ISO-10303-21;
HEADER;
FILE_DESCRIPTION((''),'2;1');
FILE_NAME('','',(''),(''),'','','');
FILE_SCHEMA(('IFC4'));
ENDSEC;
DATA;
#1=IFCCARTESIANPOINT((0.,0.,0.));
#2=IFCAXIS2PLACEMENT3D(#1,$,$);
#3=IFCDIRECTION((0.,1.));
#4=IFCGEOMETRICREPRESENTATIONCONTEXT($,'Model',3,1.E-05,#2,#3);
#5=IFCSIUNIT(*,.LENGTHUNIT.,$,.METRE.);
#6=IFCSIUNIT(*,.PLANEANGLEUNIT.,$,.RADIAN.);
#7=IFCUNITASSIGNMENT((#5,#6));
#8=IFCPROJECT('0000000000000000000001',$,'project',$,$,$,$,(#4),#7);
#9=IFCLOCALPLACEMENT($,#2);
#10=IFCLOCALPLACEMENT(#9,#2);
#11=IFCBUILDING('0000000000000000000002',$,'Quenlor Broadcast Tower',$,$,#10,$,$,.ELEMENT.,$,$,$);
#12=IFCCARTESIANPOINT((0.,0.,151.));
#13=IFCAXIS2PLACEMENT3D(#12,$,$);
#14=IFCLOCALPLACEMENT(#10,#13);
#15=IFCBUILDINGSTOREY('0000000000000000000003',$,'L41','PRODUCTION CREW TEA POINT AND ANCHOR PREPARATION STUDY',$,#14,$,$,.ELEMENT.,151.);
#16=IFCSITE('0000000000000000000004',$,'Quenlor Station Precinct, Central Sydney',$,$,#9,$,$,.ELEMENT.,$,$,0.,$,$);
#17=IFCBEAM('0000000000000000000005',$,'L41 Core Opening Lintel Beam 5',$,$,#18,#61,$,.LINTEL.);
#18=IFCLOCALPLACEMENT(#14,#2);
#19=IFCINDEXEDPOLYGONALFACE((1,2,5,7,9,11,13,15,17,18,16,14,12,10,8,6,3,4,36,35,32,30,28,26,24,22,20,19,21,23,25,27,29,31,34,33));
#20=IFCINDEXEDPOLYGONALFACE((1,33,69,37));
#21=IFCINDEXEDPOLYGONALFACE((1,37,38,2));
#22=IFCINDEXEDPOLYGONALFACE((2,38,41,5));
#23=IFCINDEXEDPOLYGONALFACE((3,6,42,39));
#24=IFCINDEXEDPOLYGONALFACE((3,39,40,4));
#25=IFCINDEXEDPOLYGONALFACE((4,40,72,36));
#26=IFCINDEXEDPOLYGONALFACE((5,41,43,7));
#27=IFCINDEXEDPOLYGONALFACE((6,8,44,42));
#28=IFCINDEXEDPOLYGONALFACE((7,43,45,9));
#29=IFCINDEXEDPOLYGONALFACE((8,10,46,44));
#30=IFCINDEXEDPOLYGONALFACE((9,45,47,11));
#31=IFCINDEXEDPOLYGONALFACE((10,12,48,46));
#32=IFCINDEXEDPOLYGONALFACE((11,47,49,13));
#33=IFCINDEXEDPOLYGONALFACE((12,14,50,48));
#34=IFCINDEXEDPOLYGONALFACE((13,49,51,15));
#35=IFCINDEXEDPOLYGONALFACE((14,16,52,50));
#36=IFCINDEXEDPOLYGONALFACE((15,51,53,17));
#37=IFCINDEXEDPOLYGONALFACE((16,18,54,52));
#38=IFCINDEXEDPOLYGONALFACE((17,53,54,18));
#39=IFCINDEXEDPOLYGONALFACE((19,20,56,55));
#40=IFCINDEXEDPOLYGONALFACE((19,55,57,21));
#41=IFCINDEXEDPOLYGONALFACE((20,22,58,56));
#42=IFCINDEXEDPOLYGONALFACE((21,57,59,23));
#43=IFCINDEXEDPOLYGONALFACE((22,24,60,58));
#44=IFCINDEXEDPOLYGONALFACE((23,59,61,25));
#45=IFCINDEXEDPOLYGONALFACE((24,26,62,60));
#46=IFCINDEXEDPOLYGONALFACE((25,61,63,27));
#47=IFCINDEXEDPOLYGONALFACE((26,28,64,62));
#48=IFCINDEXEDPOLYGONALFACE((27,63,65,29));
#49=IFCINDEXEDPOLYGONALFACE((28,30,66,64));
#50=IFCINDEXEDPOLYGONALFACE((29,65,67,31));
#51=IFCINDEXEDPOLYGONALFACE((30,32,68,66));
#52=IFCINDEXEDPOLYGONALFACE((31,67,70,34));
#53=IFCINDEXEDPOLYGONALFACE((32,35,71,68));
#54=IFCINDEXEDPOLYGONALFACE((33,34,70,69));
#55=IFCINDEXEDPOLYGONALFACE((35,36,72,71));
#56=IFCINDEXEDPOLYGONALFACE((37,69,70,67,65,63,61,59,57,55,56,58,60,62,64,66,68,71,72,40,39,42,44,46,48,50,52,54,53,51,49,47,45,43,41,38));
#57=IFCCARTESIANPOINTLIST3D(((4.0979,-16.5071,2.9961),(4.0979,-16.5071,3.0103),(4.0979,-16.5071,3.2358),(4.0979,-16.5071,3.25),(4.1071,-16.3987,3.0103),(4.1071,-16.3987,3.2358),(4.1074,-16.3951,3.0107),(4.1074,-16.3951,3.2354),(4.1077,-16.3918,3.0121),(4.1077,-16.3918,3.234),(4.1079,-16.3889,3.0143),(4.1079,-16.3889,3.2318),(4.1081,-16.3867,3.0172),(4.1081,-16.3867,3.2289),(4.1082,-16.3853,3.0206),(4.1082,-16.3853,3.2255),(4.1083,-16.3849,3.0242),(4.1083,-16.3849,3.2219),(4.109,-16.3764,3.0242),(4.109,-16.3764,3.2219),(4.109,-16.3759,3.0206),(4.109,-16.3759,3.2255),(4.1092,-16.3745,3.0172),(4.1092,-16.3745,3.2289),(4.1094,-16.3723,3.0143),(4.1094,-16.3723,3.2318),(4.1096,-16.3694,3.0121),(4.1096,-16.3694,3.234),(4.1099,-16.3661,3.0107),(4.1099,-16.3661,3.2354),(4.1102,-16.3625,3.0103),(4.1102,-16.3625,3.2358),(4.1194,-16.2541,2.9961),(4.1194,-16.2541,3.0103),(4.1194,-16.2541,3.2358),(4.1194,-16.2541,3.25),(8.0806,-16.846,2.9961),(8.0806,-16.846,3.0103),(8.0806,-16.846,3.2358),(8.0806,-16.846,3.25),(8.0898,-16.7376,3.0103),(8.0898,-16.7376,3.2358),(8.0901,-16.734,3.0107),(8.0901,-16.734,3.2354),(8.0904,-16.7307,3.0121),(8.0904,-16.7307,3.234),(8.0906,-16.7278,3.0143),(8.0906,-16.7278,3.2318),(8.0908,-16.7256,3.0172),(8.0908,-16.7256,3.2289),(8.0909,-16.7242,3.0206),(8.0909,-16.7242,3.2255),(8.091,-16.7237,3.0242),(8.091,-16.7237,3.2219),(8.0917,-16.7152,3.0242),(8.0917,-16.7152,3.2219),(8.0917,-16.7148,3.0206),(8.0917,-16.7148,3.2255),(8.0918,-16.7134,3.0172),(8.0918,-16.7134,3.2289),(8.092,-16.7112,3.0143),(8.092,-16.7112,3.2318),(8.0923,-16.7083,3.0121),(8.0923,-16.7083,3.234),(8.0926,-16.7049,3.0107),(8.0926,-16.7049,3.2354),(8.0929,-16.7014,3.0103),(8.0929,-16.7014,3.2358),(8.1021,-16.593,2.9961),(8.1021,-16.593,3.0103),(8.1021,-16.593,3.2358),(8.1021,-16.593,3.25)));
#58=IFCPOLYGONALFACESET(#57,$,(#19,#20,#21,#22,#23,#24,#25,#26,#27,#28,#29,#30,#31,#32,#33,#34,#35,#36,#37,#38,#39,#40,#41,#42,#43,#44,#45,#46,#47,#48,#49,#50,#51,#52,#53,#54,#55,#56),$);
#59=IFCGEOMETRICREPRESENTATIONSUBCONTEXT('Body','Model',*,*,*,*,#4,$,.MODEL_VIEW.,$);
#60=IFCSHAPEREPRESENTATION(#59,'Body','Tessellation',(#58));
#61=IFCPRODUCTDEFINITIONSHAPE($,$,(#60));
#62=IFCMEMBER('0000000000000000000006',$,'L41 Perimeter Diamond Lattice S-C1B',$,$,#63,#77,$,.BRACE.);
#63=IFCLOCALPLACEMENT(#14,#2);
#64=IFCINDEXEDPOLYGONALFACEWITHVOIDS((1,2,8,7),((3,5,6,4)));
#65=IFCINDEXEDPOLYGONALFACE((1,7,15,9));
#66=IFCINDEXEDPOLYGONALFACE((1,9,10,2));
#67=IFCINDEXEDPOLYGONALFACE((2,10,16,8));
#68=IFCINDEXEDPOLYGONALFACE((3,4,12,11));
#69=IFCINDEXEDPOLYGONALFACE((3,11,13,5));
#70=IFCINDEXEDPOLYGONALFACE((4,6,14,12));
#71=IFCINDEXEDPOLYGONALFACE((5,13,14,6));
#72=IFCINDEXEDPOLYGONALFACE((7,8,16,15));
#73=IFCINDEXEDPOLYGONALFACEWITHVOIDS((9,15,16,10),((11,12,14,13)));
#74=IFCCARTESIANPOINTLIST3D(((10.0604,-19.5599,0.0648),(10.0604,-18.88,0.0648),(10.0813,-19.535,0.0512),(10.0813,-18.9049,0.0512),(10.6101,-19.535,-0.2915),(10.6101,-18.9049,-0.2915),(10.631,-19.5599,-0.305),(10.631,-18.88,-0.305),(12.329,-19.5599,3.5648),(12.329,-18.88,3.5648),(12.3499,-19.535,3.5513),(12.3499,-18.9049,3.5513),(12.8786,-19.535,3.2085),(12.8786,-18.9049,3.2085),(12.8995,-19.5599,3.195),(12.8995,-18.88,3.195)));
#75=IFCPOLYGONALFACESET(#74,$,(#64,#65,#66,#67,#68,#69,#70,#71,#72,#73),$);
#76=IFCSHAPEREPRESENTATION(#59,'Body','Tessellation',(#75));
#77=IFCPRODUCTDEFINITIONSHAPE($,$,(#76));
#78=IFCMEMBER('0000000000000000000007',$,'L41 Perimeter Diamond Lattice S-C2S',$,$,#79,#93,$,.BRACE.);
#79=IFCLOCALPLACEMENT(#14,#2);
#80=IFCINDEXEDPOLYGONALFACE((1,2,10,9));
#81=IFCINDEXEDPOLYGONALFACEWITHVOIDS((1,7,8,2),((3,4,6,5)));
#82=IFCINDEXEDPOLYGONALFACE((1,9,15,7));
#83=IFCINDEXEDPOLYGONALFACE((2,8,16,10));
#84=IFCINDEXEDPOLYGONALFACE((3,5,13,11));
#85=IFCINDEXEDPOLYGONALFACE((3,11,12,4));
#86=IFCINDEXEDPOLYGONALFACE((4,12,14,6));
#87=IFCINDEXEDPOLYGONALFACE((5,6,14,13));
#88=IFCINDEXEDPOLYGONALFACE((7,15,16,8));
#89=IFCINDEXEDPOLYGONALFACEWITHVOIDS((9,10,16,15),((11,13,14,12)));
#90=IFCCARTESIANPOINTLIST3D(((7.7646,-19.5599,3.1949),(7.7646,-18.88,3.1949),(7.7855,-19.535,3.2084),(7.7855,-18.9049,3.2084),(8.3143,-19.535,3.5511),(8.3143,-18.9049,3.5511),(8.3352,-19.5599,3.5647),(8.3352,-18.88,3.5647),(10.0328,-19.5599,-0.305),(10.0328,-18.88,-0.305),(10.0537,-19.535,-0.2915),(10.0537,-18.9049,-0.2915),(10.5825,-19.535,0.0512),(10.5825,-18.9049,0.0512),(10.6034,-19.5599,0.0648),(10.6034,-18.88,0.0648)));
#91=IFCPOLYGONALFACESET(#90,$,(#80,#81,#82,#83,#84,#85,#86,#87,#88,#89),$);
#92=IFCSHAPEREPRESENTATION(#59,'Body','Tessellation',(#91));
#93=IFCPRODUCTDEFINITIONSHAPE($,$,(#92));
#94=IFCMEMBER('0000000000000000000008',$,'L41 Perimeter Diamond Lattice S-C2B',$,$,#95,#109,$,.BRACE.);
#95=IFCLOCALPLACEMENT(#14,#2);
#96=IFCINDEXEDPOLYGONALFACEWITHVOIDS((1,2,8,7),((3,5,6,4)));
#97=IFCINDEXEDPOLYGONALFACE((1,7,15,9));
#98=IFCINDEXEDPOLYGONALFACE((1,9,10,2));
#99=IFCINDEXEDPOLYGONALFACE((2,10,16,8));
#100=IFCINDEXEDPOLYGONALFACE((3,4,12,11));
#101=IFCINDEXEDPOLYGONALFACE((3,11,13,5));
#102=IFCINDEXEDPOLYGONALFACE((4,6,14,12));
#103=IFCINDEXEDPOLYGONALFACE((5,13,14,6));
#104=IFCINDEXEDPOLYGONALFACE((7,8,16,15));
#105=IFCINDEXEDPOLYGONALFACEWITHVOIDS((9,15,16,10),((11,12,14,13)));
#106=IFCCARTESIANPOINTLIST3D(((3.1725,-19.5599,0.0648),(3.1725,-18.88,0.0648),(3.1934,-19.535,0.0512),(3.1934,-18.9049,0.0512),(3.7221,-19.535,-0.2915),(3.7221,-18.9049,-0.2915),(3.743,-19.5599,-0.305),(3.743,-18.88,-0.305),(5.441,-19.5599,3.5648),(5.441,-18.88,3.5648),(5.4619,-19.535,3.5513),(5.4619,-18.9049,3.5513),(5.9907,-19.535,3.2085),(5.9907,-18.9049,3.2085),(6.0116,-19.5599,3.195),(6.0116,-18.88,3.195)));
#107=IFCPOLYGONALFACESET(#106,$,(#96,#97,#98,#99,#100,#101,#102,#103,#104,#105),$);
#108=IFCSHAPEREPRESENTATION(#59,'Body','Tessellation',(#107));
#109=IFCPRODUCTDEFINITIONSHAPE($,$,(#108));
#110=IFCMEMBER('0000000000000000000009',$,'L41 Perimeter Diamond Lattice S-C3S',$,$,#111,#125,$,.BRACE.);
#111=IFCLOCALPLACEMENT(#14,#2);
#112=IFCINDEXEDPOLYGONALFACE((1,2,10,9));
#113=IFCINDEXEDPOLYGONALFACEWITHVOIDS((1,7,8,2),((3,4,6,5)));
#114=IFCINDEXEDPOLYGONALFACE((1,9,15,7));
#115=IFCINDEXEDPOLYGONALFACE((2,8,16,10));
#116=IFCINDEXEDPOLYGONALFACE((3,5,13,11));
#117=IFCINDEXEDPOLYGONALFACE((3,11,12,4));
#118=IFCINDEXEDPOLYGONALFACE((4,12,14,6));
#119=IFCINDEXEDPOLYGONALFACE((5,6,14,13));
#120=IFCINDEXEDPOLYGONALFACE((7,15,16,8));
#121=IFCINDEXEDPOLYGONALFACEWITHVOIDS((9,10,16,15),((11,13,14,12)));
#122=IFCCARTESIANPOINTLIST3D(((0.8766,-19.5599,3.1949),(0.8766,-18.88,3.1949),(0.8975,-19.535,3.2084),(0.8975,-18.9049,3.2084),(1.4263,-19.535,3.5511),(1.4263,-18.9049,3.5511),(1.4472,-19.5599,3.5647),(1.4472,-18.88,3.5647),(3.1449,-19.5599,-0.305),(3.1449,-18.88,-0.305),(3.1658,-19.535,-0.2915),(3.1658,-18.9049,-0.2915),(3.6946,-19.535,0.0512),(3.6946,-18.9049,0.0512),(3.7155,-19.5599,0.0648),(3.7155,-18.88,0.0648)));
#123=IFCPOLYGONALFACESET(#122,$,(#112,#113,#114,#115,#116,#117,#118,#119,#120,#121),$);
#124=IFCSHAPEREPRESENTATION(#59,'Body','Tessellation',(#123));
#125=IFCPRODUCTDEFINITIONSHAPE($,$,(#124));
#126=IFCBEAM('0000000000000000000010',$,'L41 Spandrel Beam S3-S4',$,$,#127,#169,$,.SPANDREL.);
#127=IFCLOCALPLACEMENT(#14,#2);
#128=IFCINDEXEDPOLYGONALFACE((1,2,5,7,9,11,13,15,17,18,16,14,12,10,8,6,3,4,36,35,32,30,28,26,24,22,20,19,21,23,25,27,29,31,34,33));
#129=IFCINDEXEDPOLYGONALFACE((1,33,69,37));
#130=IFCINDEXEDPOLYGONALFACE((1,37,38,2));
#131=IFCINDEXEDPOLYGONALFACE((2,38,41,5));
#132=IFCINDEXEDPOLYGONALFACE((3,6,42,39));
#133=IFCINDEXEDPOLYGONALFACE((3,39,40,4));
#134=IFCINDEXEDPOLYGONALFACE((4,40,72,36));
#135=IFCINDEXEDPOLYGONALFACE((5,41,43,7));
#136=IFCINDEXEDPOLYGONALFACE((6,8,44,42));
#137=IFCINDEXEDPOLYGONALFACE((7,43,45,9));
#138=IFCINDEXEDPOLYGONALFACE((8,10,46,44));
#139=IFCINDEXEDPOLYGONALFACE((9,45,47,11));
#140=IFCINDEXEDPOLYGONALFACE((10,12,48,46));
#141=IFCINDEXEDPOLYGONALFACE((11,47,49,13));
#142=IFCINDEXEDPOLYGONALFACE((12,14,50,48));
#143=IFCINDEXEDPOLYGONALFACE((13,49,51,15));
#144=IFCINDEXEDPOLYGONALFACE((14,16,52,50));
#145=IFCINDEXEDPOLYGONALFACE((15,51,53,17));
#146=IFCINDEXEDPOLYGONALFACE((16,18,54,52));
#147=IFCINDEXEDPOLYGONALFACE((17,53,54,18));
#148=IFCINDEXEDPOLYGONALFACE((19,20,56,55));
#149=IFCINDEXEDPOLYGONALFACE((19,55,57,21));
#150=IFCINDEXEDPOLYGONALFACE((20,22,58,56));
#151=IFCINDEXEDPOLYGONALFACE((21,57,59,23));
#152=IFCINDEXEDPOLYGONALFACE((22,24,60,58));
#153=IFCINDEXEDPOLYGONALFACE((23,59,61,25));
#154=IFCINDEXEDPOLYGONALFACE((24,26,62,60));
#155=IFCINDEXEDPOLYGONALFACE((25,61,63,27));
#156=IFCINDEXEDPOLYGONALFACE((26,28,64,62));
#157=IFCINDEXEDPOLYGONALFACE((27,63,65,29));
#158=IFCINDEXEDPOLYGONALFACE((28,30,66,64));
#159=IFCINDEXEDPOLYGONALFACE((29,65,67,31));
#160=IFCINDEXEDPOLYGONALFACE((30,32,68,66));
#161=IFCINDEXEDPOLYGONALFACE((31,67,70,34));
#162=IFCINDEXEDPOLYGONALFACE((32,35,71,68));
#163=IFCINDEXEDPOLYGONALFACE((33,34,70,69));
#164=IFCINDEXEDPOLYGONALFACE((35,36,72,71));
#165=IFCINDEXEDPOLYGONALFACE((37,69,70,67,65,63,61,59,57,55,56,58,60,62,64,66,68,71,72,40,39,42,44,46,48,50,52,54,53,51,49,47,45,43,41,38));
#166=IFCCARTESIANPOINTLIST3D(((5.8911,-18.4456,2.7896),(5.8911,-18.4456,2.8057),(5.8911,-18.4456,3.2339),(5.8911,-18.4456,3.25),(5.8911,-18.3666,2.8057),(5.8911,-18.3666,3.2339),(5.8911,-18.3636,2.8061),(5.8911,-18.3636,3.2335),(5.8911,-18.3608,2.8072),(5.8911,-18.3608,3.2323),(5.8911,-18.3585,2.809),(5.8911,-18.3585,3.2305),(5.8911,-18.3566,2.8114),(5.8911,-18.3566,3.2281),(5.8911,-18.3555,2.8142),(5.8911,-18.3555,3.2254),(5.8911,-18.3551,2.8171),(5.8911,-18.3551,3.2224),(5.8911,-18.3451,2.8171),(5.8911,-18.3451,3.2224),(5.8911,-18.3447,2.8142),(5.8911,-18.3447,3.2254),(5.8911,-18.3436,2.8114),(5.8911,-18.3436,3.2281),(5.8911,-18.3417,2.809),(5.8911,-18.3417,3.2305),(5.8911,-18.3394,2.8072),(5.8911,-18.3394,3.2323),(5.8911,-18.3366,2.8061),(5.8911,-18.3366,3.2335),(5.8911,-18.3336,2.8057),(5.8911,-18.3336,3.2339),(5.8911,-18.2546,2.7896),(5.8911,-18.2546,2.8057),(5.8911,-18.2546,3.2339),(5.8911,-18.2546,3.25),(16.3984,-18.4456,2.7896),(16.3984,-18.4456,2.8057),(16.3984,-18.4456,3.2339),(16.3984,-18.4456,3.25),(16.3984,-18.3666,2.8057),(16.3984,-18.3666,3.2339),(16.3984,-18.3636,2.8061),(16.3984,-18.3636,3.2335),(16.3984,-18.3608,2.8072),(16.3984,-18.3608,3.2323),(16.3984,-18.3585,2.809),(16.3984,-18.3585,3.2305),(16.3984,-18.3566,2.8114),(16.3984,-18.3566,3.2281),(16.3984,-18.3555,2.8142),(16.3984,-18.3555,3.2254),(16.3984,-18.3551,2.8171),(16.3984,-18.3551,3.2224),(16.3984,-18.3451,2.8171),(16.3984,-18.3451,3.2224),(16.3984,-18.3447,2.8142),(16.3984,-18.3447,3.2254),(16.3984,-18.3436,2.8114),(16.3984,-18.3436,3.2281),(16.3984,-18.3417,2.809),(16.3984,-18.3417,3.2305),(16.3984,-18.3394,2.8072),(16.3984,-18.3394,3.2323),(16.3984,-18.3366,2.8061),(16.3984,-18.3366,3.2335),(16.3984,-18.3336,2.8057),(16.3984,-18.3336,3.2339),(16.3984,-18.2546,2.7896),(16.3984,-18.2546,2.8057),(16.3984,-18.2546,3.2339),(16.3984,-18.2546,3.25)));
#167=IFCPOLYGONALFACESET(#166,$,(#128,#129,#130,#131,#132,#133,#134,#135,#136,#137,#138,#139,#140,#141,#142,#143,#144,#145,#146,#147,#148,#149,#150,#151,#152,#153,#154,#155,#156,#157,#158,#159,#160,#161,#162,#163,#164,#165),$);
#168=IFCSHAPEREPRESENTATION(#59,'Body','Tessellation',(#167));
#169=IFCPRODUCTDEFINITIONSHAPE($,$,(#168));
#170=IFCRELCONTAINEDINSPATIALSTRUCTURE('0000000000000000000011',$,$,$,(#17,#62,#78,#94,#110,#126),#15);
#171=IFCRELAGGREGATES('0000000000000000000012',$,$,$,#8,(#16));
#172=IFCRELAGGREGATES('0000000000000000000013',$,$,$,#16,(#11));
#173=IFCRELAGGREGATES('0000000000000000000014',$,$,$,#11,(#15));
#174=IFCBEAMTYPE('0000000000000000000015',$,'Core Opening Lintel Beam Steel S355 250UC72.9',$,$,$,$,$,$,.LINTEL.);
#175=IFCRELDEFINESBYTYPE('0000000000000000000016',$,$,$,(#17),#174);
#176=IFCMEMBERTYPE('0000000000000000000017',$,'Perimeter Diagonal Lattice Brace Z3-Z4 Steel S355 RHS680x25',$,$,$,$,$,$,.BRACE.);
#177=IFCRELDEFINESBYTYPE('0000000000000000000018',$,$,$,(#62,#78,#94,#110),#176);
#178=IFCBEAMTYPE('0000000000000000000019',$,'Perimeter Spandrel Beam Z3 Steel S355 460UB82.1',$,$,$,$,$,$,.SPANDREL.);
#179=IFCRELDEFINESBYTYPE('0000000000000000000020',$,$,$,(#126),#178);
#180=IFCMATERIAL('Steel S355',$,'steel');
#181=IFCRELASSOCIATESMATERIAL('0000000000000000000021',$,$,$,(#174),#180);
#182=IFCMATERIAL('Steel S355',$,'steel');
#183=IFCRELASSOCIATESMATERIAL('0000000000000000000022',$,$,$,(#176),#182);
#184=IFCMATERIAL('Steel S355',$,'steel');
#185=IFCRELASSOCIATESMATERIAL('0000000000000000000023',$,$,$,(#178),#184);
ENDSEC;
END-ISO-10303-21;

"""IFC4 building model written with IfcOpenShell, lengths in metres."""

from ifc_helpers import new_model, si_unit, direction, frame, origin, origin_2d, place, context, subcontext, project, spatial, hollow_rectangle, i_section, extrude, material, material_profile, profile_set, type_object, element, save


model = new_model("IFC4")

# Units and contexts
model_context = context("Model", 3, precision=1e-05, world=origin(), true_north=direction((0.0, 1.0)))
body_context = subcontext(model_context, "Body", "Model", "MODEL_VIEW")
ifc_project = project(units=[si_unit("LENGTHUNIT", "METRE"), si_unit("PLANEANGLEUNIT", "RADIAN")], contexts=[model_context])

# Site, building, storey
site_placement = place(None, origin())
site = spatial("IfcSite", under=ifc_project, at=site_placement, Name="Quenlor Station Precinct, Central Sydney", CompositionType="ELEMENT", RefElevation=0.0)
building_placement = place(site_placement, origin())
building = spatial("IfcBuilding", under=site, at=building_placement, Name="Quenlor Broadcast Tower", CompositionType="ELEMENT")
storey_placement = place(building_placement, frame((0.0, 0.0, 151.0)))
storey = spatial("IfcBuildingStorey", under=building, at=storey_placement, Name="L41", Description="PRODUCTION CREW TEA POINT AND ANCHOR PREPARATION STUDY", CompositionType="ELEMENT", Elevation=151.0)

# Beam
ifc_material_1 = material(Name="Steel S355", Category="steel")
ifc_material_profile_1 = material_profile(ifc_material_1, i_section(OverallWidth=0.2539, OverallDepth=0.2539, WebThickness=0.0085, FlangeThickness=0.0142, FilletRadius=0.0139, at=origin_2d()))
ifc_profile_set_1 = profile_set([ifc_material_profile_1], Name="Steel S355 250UC72.9")
beam_type_1 = type_object("IfcBeamType", Name="Core Opening Lintel Beam Steel S355 250UC72.9", PredefinedType="LINTEL", material=ifc_profile_set_1)
beam_1_placement = place(storey_placement, frame((4.1086, -16.3806, 3.123), z_axis=(0.9964, -0.084779, 0.0), x_axis=(0.084779, 0.9964, 0.0)))
element("IfcBeam", 1, at=beam_1_placement, inside=storey, type_object=beam_type_1, Name="L41 Core Opening Lintel Beam 5", PredefinedType="LINTEL", context=body_context, shape_type="SweptSolid", body=[
    extrude(i_section(OverallWidth=0.2539, OverallDepth=0.2539, WebThickness=0.0085, FlangeThickness=0.0142, FilletRadius=0.0139, at=origin_2d()), origin(), (0.0, 0.0, 1.0), 3.9971),
])

# Members
ifc_material_2 = material(Name="Steel S355", Category="steel")
ifc_material_profile_2 = material_profile(ifc_material_2, hollow_rectangle(XDim=0.6799, YDim=0.6799, WallThickness=0.0249, at=origin_2d()))
ifc_profile_set_2 = profile_set([ifc_material_profile_2], Name="Steel S355 RHS680x680x25")
member_type_1 = type_object("IfcMemberType", Name="Perimeter Diagonal Lattice Brace Z3-Z4 Steel S355 RHS680x25", PredefinedType="BRACE", material=ifc_profile_set_2)
member_1_placement = place(storey_placement, frame((10.3457, -19.22, -0.1201), z_axis=(0.543902, 0.0, 0.839149), x_axis=(0.0, 1.0, 0.0)))
element("IfcMember", 2, at=member_1_placement, inside=storey, type_object=member_type_1, Name="L41 Perimeter Diamond Lattice S-C1B", PredefinedType="BRACE", context=body_context, shape_type="SweptSolid", body=[
    extrude(hollow_rectangle(XDim=0.6799, YDim=0.6799, WallThickness=0.0249, at=origin_2d()), origin(), (0.0, 0.0, 1.0), 4.1709),
])
member_2_placement = place(storey_placement, frame((10.3181, -19.22, -0.1201), z_axis=(-0.54386, 0.0, 0.839176), x_axis=(0.0, -1.0, 0.0)))
element("IfcMember", 3, at=member_2_placement, inside=storey, type_object=member_type_1, Name="L41 Perimeter Diamond Lattice S-C2S", PredefinedType="BRACE", context=body_context, shape_type="SweptSolid", body=[
    extrude(hollow_rectangle(XDim=0.6799, YDim=0.6799, WallThickness=0.0249, at=origin_2d()), origin(), (0.0, 0.0, 1.0), 4.1707),
])
member_3_placement = place(storey_placement, frame((3.4578, -19.22, -0.1201), z_axis=(0.543902, 0.0, 0.839149), x_axis=(0.0, 1.0, 0.0)))
element("IfcMember", 4, at=member_3_placement, inside=storey, type_object=member_type_1, Name="L41 Perimeter Diamond Lattice S-C2B", PredefinedType="BRACE", context=body_context, shape_type="SweptSolid", body=[
    extrude(hollow_rectangle(XDim=0.6799, YDim=0.6799, WallThickness=0.0249, at=origin_2d()), origin(), (0.0, 0.0, 1.0), 4.1709),
])
member_4_placement = place(storey_placement, frame((3.4302, -19.22, -0.1201), z_axis=(-0.54386, 0.0, 0.839176), x_axis=(0.0, -1.0, 0.0)))
element("IfcMember", 5, at=member_4_placement, inside=storey, type_object=member_type_1, Name="L41 Perimeter Diamond Lattice S-C3S", PredefinedType="BRACE", context=body_context, shape_type="SweptSolid", body=[
    extrude(hollow_rectangle(XDim=0.6799, YDim=0.6799, WallThickness=0.0249, at=origin_2d()), origin(), (0.0, 0.0, 1.0), 4.1707),
])

# Beam
ifc_material_3 = material(Name="Steel S355", Category="steel")
ifc_material_profile_3 = material_profile(ifc_material_3, i_section(OverallWidth=0.1909, OverallDepth=0.4604, WebThickness=0.01, FlangeThickness=0.0161, FilletRadius=0.0115, at=origin_2d()))
ifc_profile_set_3 = profile_set([ifc_material_profile_3], Name="Steel S355 460UB82.1")
beam_type_2 = type_object("IfcBeamType", Name="Perimeter Spandrel Beam Z3 Steel S355 460UB82.1", PredefinedType="SPANDREL", material=ifc_profile_set_3)
beam_2_placement = place(storey_placement, frame((5.8911, -18.3501, 3.0198), z_axis=(1.0, 0.0, 0.0), x_axis=(0.0, 1.0, 0.0)))
element("IfcBeam", 6, at=beam_2_placement, inside=storey, type_object=beam_type_2, Name="L41 Spandrel Beam S3-S4", PredefinedType="SPANDREL", context=body_context, shape_type="SweptSolid", body=[
    extrude(i_section(OverallWidth=0.1909, OverallDepth=0.4604, WebThickness=0.01, FlangeThickness=0.0161, FilletRadius=0.0115, at=origin_2d()), origin(), (0.0, 0.0, 1.0), 10.5073),
])

save(model, "model.ifc")
